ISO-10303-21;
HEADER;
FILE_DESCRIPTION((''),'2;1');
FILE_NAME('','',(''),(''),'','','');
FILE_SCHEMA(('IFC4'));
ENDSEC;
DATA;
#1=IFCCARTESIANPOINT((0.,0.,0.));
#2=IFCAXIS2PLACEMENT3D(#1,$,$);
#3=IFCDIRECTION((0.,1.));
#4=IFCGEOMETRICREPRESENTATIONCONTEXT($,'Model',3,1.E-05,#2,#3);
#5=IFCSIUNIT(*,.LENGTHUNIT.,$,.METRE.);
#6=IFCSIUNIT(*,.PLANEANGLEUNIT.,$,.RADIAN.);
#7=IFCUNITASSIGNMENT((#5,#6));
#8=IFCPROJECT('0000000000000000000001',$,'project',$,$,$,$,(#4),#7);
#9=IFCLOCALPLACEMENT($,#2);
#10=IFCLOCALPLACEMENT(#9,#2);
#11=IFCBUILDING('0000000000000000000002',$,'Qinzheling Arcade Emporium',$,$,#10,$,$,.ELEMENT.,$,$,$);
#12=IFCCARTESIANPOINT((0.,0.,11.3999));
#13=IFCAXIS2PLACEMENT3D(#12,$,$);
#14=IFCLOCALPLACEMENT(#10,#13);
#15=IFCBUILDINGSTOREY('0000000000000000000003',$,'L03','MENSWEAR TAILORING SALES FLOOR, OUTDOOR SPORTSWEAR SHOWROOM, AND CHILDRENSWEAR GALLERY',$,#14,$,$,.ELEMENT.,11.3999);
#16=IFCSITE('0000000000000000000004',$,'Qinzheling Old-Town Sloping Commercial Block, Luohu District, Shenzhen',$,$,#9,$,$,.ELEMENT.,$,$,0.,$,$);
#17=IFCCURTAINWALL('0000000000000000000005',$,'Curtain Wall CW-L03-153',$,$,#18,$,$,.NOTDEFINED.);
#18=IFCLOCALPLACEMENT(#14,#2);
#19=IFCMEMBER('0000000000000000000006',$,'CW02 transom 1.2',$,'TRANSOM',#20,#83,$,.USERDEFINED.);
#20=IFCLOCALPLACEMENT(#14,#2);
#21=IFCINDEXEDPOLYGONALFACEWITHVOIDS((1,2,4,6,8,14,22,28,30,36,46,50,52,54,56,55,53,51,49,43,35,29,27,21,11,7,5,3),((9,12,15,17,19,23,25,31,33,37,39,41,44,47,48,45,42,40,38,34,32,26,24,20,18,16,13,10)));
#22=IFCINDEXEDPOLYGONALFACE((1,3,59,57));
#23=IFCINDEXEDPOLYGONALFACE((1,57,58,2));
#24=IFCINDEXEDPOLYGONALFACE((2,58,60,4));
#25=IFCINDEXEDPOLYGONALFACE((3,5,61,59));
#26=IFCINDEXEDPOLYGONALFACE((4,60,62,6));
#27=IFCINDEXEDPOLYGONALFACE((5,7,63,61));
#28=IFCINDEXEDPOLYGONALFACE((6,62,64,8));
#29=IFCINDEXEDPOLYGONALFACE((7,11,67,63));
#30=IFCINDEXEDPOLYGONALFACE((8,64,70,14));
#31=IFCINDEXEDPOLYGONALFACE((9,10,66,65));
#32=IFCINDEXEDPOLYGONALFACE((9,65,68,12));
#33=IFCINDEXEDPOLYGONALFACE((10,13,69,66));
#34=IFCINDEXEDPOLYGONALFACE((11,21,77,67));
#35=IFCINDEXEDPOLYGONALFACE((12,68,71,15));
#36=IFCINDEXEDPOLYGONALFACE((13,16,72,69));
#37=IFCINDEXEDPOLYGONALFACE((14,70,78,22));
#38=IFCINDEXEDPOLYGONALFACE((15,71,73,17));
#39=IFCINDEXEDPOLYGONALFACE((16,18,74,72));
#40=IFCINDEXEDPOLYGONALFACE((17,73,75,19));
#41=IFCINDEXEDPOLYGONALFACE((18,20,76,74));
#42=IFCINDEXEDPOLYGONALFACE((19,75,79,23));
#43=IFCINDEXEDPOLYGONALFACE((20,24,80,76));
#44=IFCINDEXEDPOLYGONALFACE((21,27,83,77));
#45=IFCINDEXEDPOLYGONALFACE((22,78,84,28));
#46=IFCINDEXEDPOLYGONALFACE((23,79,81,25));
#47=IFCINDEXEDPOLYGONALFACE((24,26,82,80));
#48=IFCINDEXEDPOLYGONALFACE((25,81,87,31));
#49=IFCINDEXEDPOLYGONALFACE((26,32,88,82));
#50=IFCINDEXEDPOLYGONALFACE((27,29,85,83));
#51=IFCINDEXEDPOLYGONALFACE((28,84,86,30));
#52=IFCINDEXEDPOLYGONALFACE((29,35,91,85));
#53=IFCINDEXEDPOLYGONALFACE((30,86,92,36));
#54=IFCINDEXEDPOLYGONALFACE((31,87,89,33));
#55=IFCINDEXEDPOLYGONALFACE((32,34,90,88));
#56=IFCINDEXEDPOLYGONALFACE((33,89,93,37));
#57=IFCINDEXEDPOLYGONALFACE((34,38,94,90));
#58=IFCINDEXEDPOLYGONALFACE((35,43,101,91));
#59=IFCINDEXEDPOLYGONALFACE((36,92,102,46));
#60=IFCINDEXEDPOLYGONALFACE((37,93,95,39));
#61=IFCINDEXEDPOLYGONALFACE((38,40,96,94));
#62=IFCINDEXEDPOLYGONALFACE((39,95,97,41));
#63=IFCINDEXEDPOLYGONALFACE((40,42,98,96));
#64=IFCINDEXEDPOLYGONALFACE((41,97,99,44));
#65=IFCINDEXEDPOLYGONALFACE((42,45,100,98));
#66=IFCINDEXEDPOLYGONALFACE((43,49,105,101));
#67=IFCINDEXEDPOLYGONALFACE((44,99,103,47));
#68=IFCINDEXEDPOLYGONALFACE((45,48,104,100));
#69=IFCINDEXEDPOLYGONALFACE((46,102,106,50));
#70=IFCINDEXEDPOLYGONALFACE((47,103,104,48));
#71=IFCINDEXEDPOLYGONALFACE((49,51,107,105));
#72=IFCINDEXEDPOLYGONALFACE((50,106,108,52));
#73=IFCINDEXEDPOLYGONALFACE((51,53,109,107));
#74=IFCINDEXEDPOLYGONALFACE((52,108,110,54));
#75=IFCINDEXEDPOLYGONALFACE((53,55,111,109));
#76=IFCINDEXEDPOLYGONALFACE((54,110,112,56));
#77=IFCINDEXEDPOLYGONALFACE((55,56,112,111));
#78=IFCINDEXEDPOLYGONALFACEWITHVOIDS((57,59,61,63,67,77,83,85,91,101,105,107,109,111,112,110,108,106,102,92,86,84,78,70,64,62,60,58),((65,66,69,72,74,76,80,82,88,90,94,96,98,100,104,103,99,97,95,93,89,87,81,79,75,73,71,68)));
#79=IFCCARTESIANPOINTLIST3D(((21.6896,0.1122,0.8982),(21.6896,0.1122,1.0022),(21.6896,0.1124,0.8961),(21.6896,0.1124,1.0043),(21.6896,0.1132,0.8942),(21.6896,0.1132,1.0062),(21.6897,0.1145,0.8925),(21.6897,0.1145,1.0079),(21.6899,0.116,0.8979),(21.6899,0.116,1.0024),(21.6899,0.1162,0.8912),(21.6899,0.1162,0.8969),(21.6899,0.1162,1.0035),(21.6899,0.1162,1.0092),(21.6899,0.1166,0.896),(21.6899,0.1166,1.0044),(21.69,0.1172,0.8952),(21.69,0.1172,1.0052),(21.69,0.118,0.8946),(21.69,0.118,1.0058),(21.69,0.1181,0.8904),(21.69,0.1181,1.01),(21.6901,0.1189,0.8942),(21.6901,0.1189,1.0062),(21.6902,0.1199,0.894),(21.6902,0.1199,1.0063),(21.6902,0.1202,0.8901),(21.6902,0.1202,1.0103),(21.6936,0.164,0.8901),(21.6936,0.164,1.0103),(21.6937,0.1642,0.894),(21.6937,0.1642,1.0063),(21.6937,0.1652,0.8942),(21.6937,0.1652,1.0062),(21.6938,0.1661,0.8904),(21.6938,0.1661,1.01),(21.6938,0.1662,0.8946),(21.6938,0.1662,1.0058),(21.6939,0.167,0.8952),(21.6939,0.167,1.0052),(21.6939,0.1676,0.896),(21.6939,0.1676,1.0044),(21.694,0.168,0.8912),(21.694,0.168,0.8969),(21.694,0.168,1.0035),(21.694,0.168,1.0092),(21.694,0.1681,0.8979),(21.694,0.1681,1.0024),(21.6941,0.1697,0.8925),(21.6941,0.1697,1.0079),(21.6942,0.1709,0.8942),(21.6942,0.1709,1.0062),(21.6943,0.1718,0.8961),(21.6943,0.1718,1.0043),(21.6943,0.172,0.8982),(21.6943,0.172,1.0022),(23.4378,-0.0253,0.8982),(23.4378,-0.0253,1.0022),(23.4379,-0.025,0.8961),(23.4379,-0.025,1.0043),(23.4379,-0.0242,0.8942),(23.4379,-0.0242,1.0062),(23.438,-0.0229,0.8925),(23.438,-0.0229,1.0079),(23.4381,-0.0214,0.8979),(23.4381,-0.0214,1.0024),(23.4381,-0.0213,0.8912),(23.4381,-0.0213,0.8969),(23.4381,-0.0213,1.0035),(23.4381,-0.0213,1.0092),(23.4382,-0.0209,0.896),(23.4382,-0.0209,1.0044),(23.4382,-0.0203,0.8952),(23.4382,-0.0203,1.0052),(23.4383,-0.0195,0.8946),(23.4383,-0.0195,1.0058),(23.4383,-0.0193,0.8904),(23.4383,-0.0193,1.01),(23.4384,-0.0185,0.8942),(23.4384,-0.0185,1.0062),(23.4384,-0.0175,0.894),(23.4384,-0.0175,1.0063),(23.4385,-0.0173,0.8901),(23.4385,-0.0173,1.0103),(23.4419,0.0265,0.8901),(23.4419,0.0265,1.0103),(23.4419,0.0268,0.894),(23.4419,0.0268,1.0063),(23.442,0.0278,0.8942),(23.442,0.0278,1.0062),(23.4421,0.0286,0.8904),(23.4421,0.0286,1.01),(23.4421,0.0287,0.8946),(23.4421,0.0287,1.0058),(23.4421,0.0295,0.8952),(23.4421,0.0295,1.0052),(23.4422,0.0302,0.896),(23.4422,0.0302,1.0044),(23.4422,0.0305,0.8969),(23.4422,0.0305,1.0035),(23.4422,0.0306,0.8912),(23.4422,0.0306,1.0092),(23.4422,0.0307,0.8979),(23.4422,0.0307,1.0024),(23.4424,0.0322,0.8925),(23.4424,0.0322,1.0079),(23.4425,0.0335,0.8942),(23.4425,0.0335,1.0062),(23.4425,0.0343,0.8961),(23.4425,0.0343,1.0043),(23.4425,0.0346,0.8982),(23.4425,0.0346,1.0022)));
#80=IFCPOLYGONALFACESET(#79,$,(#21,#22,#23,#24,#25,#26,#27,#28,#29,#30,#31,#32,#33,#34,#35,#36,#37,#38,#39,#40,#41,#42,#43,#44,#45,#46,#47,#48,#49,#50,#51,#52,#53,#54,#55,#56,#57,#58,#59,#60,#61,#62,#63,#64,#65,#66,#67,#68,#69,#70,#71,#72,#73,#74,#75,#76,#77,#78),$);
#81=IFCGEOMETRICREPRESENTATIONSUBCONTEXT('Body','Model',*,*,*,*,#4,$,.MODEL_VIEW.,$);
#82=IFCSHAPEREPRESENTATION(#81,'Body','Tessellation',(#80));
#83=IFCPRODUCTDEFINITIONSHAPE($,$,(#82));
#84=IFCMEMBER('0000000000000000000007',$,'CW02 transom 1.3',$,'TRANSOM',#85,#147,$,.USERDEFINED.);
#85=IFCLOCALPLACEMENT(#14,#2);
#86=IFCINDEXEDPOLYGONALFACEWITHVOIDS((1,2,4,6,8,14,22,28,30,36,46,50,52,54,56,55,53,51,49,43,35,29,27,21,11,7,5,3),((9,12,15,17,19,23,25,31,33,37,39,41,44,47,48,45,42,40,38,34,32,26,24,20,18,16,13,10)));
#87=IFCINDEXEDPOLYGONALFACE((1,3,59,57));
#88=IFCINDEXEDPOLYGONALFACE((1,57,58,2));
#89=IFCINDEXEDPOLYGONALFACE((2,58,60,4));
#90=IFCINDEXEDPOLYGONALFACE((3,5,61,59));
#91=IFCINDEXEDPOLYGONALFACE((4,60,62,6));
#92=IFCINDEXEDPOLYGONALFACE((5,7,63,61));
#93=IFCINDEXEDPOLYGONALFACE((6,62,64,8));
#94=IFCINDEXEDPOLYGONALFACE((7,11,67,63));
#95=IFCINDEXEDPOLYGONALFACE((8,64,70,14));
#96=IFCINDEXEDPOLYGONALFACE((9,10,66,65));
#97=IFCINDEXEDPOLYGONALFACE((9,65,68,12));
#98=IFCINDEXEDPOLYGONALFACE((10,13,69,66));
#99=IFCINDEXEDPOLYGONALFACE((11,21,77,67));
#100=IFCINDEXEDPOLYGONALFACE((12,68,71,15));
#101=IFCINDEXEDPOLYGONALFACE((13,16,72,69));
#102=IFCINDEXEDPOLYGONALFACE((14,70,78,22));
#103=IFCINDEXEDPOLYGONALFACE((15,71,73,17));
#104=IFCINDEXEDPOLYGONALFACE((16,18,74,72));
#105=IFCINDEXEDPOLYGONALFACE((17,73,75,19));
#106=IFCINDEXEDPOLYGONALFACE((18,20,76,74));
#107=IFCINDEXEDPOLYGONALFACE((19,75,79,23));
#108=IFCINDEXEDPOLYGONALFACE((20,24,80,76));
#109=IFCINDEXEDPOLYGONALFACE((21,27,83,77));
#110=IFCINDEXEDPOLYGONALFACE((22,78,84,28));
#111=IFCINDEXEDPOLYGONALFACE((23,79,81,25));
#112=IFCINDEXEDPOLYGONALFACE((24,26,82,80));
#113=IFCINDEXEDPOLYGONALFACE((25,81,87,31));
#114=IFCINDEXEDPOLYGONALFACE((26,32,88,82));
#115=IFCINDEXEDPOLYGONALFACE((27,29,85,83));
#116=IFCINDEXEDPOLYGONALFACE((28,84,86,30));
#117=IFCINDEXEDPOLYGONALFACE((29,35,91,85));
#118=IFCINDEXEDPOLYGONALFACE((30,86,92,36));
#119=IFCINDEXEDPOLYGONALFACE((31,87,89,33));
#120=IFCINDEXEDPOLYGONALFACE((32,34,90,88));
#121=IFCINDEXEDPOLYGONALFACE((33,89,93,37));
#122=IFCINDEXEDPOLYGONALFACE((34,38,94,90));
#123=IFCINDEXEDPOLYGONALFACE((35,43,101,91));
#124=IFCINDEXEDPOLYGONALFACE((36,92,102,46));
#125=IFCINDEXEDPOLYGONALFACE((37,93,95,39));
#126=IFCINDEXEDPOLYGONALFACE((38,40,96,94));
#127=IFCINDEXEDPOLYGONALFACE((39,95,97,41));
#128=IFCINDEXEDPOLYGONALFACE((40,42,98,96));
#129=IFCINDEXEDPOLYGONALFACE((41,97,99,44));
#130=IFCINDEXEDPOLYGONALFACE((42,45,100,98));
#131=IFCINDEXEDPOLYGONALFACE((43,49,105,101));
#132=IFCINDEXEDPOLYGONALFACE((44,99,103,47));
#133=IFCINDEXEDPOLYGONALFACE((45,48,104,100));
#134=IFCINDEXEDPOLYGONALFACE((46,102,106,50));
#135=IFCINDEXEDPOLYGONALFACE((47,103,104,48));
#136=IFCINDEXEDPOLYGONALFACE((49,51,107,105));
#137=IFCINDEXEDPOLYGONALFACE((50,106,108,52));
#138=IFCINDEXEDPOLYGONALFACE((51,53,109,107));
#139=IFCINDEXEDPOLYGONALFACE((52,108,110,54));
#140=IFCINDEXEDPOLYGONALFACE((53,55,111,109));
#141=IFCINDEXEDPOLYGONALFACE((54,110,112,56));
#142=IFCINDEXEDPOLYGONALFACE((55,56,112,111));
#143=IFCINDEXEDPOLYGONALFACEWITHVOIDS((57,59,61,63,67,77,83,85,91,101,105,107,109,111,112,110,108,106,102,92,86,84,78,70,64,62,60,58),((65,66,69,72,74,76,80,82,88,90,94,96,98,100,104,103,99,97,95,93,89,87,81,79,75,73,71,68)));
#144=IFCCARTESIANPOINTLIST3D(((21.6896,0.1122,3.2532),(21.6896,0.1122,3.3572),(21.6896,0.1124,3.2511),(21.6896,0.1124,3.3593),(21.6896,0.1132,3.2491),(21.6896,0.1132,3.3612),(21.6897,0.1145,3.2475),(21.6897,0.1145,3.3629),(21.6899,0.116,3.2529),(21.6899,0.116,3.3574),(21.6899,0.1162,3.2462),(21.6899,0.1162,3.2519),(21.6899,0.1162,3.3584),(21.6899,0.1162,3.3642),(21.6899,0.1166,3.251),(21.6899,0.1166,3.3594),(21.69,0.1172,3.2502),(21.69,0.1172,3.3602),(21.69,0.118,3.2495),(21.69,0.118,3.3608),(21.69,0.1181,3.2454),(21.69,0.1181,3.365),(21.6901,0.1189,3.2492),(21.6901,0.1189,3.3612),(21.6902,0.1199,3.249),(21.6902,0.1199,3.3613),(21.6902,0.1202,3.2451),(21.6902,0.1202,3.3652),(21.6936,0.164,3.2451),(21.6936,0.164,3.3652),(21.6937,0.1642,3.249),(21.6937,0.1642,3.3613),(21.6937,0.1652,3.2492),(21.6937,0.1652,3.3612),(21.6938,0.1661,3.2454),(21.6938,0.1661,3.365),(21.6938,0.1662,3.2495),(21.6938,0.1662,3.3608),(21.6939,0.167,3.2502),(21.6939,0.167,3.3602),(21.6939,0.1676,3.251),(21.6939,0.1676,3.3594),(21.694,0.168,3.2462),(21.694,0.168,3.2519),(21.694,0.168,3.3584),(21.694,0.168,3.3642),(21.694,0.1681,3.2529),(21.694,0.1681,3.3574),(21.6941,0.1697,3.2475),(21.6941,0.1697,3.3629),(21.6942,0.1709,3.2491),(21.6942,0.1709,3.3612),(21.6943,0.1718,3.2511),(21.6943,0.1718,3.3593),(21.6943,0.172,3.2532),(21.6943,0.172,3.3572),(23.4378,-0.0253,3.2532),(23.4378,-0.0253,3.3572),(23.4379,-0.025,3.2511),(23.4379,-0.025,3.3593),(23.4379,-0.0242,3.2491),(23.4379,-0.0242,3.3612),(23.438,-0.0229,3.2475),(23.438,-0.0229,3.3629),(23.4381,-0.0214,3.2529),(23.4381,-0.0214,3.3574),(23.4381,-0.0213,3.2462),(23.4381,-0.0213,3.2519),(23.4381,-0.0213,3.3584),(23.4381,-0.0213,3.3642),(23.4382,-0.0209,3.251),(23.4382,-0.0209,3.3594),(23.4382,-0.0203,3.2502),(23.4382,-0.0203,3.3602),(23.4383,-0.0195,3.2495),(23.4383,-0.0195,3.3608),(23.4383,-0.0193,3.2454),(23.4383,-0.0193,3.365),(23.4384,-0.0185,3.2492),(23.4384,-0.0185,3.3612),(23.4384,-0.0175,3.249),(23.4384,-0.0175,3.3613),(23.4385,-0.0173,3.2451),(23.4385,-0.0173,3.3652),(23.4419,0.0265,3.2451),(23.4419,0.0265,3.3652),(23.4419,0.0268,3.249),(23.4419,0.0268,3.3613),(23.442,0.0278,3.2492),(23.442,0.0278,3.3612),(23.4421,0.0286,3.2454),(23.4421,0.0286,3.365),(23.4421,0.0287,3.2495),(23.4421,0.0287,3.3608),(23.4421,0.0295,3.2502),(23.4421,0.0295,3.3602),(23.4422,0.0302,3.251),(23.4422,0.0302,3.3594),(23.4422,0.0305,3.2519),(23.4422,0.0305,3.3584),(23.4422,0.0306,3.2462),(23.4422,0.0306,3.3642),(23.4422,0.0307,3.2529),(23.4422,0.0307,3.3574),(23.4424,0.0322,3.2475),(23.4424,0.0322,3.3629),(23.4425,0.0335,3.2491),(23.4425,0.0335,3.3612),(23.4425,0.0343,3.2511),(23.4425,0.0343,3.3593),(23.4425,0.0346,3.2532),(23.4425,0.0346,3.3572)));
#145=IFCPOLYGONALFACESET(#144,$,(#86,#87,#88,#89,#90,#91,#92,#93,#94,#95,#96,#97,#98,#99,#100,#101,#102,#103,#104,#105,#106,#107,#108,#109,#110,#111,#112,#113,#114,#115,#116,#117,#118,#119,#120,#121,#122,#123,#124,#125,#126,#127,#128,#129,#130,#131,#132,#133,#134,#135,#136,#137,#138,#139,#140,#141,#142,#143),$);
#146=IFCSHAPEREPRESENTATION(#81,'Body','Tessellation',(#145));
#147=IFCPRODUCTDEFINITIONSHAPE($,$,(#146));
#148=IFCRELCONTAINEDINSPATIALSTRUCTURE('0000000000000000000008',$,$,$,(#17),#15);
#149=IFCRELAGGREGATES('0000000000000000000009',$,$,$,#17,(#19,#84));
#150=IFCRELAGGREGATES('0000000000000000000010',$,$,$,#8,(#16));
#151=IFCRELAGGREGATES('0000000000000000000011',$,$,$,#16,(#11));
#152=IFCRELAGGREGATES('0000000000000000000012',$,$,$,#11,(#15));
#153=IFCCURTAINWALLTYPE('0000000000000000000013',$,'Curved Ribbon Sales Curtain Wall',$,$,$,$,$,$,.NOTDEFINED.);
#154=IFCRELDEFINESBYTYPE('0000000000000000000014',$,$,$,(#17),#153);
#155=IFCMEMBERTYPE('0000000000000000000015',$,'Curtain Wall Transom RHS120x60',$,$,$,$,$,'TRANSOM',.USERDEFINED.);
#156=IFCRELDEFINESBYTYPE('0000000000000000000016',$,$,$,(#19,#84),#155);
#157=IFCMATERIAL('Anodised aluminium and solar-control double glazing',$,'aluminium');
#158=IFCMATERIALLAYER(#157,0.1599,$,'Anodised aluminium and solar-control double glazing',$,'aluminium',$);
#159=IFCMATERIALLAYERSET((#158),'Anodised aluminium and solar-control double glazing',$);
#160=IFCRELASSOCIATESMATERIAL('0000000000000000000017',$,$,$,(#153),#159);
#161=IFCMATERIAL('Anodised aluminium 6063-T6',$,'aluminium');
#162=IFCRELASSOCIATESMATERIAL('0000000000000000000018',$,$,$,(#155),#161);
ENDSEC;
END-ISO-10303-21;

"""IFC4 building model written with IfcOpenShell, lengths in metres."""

from ifc_helpers import new_model, si_unit, direction, frame, origin, origin_2d, place, context, subcontext, project, spatial, hollow_rectangle, extrude, material, layer, layer_set, material_profile, profile_set, type_object, element, aggregate, save


model = new_model("IFC4")

# Units and contexts
model_context = context("Model", 3, precision=1e-05, world=origin(), true_north=direction((0.0, 1.0)))
body_context = subcontext(model_context, "Body", "Model", "MODEL_VIEW")
ifc_project = project(units=[si_unit("LENGTHUNIT", "METRE"), si_unit("PLANEANGLEUNIT", "RADIAN")], contexts=[model_context])

# Site, building, storey
site_placement = place(None, origin())
site = spatial("IfcSite", under=ifc_project, at=site_placement, Name="Qinzheling Old-Town Sloping Commercial Block, Luohu District, Shenzhen", CompositionType="ELEMENT", RefElevation=0.0)
building_placement = place(site_placement, origin())
building = spatial("IfcBuilding", under=site, at=building_placement, Name="Qinzheling Arcade Emporium", CompositionType="ELEMENT")
storey_placement = place(building_placement, frame((0.0, 0.0, 11.3999)))
storey = spatial("IfcBuildingStorey", under=building, at=storey_placement, Name="L03", Description="MENSWEAR TAILORING SALES FLOOR, OUTDOOR SPORTSWEAR SHOWROOM, AND CHILDRENSWEAR GALLERY", CompositionType="ELEMENT", Elevation=11.3999)

# Shared definitions
ifc_material_1 = material(Name="Anodised aluminium and solar-control double glazing", Category="aluminium")
ifc_material_2 = material(Name="Anodised aluminium 6063-T6", Category="aluminium")

# Curtain wall, members
ifc_layer_1 = layer(ifc_material_1, 0.1599, Name="Anodised aluminium and solar-control double glazing", Category="aluminium")
ifc_layer_set_1 = layer_set([ifc_layer_1], Name="Anodised aluminium and solar-control double glazing")
curtain_wall_type_1 = type_object("IfcCurtainWallType", Name="Curved Ribbon Sales Curtain Wall", PredefinedType="NOTDEFINED", material=ifc_layer_set_1)
curtain_wall_1_placement = place(storey_placement, origin())
curtain_wall_1 = element("IfcCurtainWall", 1, at=curtain_wall_1_placement, inside=storey, type_object=curtain_wall_type_1, Name="Curtain Wall CW-L03-153", PredefinedType="NOTDEFINED")
ifc_material_profile_1 = material_profile(ifc_material_2, hollow_rectangle(XDim=0.0601, YDim=0.1201, WallThickness=0.0039, InnerFilletRadius=0.0039, OuterFilletRadius=0.0081, at=origin_2d()), Name="RHS 120x60x4", Category="aluminium")
ifc_profile_set_1 = profile_set([ifc_material_profile_1], Name="Anodised aluminium 6063-T6")
member_type_1 = type_object("IfcMemberType", Name="Curtain Wall Transom RHS120x60", ElementType="TRANSOM", PredefinedType="USERDEFINED", material=ifc_profile_set_1)
member_1_placement = place(storey_placement, frame((23.4402, 0.0046, 0.9502), z_axis=(-0.996924, 0.078378, 0.0), x_axis=(-0.078378, -0.996924, 0.0)))
member_1 = element("IfcMember", 2, at=member_1_placement, type_object=member_type_1, Name="CW02 transom 1.2", ObjectType="TRANSOM", PredefinedType="USERDEFINED", context=body_context, shape_type="SweptSolid", body=[
    extrude(hollow_rectangle(XDim=0.0601, YDim=0.1201, WallThickness=0.0039, InnerFilletRadius=0.0039, OuterFilletRadius=0.0081, at=origin_2d()), origin(), (0.0, 0.0, 1.0), 1.7537),
])
member_2_placement = place(storey_placement, frame((23.4402, 0.0046, 3.3052), z_axis=(-0.996924, 0.078378, 0.0), x_axis=(-0.078378, -0.996924, 0.0)))
member_2 = element("IfcMember", 3, at=member_2_placement, type_object=member_type_1, Name="CW02 transom 1.3", ObjectType="TRANSOM", PredefinedType="USERDEFINED", context=body_context, shape_type="SweptSolid", body=[
    extrude(hollow_rectangle(XDim=0.0601, YDim=0.1201, WallThickness=0.0039, InnerFilletRadius=0.0039, OuterFilletRadius=0.0081, at=origin_2d()), origin(), (0.0, 0.0, 1.0), 1.7537),
])

aggregate(curtain_wall_1, [member_1, member_2])

save(model, "model.ifc")
